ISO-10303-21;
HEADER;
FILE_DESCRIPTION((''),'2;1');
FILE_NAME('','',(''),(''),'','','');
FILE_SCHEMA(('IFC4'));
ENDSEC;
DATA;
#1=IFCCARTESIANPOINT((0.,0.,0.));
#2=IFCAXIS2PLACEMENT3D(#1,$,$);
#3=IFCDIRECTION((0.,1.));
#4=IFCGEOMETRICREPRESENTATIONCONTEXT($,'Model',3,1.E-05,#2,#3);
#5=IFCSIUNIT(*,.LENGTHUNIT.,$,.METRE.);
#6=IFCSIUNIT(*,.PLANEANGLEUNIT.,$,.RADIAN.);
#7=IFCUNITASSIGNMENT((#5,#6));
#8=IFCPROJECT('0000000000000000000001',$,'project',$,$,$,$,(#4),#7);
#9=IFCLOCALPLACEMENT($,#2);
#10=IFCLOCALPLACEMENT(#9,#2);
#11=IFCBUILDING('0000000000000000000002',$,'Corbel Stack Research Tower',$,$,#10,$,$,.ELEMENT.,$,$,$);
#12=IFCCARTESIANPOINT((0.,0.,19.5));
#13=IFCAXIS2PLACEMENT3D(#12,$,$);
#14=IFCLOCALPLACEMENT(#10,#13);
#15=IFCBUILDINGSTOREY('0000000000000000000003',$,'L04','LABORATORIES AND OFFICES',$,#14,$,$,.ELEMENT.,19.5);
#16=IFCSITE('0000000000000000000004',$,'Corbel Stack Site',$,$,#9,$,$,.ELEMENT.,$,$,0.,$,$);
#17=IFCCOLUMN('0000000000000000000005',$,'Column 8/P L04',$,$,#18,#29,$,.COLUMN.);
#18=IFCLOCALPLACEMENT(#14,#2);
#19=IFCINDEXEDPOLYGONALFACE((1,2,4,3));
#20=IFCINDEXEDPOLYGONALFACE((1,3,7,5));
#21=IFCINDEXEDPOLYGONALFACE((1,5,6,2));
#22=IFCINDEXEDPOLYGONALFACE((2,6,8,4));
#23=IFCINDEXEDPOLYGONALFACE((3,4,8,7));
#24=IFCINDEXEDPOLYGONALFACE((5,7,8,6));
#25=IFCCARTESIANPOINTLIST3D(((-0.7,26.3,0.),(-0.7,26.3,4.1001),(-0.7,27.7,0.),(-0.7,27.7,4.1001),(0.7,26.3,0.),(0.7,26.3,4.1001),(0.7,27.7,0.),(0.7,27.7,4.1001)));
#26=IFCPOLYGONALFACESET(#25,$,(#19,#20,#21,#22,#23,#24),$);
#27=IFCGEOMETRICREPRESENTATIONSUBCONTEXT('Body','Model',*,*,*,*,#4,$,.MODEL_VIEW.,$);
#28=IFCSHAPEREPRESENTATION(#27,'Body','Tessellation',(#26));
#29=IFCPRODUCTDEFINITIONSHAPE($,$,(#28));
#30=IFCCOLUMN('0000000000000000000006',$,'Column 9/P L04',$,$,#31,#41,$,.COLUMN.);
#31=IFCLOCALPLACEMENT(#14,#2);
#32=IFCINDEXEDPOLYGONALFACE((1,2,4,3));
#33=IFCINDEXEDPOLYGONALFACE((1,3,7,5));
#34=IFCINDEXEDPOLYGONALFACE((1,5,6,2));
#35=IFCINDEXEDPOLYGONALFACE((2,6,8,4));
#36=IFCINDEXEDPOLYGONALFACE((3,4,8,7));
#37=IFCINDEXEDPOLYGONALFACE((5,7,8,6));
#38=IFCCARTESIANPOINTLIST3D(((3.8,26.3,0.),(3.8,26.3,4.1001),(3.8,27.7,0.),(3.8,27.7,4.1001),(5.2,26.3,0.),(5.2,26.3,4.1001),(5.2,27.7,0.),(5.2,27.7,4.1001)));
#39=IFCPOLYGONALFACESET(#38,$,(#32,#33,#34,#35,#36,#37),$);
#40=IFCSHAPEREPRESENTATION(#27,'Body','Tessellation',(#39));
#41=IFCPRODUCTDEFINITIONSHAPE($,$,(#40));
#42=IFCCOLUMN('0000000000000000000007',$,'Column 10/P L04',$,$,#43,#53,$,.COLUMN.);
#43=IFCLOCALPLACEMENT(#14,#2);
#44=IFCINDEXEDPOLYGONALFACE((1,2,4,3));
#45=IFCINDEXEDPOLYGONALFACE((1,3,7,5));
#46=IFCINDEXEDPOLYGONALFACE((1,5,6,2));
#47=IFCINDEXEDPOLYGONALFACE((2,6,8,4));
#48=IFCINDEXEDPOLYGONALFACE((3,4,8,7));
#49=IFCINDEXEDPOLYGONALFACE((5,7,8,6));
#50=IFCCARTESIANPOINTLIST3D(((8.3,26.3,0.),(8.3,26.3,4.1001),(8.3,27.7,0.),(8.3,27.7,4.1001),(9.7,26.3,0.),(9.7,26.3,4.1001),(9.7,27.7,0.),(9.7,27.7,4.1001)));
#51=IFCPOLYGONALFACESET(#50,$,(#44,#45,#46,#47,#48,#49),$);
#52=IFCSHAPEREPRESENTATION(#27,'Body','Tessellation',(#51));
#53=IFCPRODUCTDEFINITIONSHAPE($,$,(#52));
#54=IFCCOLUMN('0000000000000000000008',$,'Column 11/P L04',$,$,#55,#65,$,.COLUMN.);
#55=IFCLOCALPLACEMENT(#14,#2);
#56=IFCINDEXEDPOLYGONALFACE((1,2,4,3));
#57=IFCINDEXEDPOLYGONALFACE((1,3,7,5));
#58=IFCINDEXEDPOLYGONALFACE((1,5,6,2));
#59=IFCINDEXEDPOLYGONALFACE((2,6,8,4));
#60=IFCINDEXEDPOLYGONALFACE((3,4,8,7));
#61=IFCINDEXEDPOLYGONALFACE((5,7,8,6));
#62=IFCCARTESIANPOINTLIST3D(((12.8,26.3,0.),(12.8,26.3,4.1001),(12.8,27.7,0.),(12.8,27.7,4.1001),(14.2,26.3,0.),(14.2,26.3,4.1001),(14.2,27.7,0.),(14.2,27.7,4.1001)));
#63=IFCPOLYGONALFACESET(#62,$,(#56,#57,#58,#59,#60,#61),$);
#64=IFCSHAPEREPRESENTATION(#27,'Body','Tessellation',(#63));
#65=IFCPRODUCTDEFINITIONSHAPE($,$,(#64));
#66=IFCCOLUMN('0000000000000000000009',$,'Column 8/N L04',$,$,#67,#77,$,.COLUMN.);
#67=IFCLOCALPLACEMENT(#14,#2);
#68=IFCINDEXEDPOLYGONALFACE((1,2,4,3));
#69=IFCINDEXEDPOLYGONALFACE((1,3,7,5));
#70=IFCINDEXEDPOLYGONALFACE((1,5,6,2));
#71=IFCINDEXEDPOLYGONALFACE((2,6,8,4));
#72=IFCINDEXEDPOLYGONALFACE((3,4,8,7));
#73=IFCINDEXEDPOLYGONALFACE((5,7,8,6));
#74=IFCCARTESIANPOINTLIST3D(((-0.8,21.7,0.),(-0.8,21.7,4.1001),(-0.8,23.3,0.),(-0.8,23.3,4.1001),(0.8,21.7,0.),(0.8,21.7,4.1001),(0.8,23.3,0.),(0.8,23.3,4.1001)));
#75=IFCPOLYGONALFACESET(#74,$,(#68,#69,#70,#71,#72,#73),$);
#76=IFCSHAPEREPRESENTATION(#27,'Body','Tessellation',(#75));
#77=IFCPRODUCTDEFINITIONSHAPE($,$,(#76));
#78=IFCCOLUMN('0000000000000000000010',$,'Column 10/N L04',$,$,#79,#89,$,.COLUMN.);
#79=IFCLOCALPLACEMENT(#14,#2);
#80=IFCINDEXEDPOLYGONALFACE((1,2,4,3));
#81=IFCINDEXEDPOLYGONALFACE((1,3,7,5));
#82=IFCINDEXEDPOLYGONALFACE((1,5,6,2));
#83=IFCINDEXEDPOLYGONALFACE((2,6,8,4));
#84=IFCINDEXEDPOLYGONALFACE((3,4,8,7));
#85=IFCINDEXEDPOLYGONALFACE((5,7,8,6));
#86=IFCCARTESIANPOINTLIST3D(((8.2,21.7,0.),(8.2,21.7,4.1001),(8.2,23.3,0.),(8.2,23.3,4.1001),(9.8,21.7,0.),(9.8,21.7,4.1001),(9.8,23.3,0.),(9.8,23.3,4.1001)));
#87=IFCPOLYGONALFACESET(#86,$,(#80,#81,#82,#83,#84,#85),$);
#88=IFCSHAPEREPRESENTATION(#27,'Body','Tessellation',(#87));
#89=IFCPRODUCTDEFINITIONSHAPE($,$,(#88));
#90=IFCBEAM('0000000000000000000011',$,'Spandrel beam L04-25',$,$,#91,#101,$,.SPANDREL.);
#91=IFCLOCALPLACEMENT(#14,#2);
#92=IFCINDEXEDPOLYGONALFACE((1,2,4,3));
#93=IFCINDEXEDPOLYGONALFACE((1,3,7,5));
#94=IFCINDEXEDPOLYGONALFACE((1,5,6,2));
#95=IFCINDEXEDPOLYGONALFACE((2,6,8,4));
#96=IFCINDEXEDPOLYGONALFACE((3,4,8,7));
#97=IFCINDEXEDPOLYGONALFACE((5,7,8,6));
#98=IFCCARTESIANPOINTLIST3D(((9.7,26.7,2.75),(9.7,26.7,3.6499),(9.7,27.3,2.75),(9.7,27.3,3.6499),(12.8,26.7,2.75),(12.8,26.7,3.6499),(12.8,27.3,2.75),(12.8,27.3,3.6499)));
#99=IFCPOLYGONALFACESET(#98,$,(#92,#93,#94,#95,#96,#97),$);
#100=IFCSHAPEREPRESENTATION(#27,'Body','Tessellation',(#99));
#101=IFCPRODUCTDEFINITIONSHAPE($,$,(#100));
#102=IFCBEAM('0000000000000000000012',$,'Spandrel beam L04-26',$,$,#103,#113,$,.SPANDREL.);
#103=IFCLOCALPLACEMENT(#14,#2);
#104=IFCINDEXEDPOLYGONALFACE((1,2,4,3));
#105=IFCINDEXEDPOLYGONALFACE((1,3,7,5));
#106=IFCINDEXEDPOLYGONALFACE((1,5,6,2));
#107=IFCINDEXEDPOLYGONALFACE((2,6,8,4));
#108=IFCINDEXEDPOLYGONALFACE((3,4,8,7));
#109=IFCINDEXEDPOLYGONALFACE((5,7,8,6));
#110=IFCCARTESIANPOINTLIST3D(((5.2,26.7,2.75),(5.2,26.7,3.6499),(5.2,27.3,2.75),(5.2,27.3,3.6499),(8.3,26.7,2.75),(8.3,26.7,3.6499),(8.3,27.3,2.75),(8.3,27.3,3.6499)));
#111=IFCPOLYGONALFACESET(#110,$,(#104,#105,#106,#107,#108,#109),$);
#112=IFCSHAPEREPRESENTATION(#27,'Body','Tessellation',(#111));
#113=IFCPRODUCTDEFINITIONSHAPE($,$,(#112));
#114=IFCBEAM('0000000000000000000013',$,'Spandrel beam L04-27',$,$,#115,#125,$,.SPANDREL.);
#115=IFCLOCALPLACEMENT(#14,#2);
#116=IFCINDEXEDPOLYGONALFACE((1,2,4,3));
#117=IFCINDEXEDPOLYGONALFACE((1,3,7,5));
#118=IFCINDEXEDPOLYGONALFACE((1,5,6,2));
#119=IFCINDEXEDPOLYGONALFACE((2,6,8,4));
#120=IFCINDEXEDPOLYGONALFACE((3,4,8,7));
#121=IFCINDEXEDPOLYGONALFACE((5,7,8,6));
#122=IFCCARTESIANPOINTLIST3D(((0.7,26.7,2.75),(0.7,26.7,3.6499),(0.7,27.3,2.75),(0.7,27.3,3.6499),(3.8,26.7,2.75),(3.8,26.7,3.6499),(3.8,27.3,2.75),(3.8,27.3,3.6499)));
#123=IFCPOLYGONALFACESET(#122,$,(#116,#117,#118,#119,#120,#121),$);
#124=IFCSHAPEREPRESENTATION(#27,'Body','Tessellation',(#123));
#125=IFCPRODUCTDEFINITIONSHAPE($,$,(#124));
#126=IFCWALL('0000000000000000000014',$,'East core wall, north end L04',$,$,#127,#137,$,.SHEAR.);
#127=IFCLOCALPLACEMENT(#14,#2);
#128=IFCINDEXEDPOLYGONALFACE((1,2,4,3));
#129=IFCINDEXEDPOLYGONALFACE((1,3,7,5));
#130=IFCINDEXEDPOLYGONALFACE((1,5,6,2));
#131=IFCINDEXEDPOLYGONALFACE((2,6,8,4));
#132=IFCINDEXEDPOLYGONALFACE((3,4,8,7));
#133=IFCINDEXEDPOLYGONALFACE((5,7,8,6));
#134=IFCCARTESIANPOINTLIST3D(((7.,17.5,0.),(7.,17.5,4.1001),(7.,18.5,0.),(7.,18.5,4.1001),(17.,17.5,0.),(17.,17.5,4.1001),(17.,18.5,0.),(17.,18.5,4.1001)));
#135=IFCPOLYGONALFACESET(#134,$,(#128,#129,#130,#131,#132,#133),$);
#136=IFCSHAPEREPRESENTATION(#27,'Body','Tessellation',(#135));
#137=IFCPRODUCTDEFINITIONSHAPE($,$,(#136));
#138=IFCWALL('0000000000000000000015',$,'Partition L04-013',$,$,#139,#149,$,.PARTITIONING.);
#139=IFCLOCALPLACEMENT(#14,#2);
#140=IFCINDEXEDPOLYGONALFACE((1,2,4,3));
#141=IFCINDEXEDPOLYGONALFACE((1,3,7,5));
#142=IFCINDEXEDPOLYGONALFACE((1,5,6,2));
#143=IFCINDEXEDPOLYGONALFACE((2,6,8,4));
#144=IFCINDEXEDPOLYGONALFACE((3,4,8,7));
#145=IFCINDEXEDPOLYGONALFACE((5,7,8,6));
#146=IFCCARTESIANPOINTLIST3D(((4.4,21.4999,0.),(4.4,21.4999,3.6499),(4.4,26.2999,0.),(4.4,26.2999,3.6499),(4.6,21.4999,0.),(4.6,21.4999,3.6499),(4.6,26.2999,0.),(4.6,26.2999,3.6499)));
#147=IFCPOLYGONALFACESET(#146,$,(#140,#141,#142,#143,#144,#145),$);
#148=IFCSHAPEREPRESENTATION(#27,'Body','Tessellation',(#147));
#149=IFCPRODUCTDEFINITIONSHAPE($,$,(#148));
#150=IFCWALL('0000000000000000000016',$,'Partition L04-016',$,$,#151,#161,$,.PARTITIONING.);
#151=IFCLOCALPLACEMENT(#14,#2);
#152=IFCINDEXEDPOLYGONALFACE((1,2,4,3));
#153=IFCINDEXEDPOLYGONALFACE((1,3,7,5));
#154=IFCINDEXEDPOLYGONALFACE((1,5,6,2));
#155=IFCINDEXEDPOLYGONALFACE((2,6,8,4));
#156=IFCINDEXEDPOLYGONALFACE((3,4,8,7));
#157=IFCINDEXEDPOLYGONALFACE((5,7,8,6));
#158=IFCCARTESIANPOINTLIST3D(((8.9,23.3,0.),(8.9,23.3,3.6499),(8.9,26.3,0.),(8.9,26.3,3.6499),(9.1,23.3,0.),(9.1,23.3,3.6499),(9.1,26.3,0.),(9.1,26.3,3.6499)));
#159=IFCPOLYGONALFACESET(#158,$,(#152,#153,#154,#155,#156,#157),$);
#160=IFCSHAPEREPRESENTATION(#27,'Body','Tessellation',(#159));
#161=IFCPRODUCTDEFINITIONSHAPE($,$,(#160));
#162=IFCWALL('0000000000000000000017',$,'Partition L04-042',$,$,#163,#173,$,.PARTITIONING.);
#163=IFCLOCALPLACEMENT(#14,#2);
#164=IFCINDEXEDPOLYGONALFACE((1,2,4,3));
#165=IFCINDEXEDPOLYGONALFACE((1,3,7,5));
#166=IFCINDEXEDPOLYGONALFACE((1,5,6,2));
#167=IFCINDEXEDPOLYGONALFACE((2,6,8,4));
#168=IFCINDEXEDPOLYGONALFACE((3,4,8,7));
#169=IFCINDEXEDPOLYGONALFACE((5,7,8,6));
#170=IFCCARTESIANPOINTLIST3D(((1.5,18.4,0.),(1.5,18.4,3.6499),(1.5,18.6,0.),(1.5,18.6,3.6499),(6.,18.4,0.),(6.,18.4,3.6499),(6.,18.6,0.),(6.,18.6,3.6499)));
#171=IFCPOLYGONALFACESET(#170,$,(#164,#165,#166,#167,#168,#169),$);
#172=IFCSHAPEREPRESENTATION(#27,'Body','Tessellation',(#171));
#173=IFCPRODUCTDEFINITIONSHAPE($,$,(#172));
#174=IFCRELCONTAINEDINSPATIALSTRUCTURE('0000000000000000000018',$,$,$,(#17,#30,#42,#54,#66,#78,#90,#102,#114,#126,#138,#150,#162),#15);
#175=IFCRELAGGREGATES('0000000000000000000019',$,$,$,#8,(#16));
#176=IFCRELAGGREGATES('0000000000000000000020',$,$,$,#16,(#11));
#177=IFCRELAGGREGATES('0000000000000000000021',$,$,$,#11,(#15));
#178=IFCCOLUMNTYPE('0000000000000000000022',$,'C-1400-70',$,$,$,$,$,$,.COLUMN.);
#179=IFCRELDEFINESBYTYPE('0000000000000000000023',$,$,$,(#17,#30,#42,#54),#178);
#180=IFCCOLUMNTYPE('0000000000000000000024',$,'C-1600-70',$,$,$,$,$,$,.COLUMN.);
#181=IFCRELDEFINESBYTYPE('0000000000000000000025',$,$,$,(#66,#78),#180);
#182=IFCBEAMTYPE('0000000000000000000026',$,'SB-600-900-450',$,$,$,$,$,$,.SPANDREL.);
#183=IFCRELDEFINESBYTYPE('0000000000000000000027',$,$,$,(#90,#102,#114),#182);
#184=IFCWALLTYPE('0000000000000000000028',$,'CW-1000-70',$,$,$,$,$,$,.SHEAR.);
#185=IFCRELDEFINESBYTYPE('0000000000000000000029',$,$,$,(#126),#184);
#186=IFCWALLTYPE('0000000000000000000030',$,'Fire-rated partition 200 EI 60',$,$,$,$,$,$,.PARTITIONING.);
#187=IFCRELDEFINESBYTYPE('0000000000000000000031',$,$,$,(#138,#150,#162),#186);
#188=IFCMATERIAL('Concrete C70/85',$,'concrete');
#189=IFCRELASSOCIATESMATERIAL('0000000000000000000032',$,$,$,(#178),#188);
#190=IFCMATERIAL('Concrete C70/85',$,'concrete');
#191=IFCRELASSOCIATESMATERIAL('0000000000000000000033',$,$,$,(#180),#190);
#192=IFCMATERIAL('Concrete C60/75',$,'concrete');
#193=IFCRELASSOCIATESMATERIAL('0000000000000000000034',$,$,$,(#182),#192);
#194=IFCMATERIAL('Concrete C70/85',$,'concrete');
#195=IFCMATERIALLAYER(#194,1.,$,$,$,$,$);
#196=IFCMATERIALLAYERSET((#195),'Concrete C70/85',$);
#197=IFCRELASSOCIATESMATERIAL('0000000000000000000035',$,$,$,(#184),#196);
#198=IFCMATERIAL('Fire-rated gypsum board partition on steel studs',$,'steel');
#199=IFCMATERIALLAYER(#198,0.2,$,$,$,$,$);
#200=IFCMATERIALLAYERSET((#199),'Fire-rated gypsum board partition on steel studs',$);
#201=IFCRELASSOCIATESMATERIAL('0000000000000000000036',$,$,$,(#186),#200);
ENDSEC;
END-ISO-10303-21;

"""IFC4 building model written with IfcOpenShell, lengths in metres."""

from ifc_helpers import new_model, si_unit, direction, frame, frame_2d, origin, origin_2d, place, context, subcontext, project, spatial, rectangle, extrude, material, layer, layer_set, material_profile, profile_set, type_object, element, save


model = new_model("IFC4")

# Units and contexts
model_context = context("Model", 3, precision=1e-05, world=origin(), true_north=direction((0.0, 1.0)))
body_context = subcontext(model_context, "Body", "Model", "MODEL_VIEW")
ifc_project = project(units=[si_unit("LENGTHUNIT", "METRE"), si_unit("PLANEANGLEUNIT", "RADIAN")], contexts=[model_context])

# Site, building, storey
site_placement = place(None, origin())
site = spatial("IfcSite", under=ifc_project, at=site_placement, Name="Corbel Stack Site", CompositionType="ELEMENT", RefElevation=0.0)
building_placement = place(site_placement, origin())
building = spatial("IfcBuilding", under=site, at=building_placement, Name="Corbel Stack Research Tower", CompositionType="ELEMENT")
storey_placement = place(building_placement, frame((0.0, 0.0, 19.5)))
storey = spatial("IfcBuildingStorey", under=building, at=storey_placement, Name="L04", Description="LABORATORIES AND OFFICES", CompositionType="ELEMENT", Elevation=19.5)

# Columns
ifc_material_1 = material(Name="Concrete C70/85", Category="concrete")
ifc_material_profile_1 = material_profile(ifc_material_1, rectangle(XDim=1.3999, YDim=1.3999, at=origin_2d()), Name="RC 1400 x 1400")
ifc_profile_set_1 = profile_set([ifc_material_profile_1], Name="Concrete C70/85")
column_type_1 = type_object("IfcColumnType", Name="C-1400-70", PredefinedType="COLUMN", material=ifc_profile_set_1)
for number, where, z_axis, x_axis, name in (
    (1, (0.0, 27.0, 0.0), (0.0, 0.0, 1.0), (1.0, 0.0, 0.0), "Column 8/P L04"),
    (2, (4.5, 27.0, 0.0), (0.0, 0.0, 1.0), (1.0, 0.0, 0.0), "Column 9/P L04"),
    (3, (9.0, 27.0, 0.0), (0.0, 0.0, 1.0), (1.0, 0.0, 0.0), "Column 10/P L04"),
    (4, (13.5, 27.0, 0.0), (0.0, 0.0, 1.0), (1.0, 0.0, 0.0), "Column 11/P L04"),
):
    element("IfcColumn", number, at=place(storey_placement, frame(where, z_axis=z_axis, x_axis=x_axis)), inside=storey, type_object=column_type_1, Name=name, PredefinedType="COLUMN", context=body_context, shape_type="SweptSolid", body=[
        extrude(rectangle(XDim=1.3999, YDim=1.3999, at=origin_2d()), origin(), (0.0, 0.0, 1.0), 4.1001),
    ])
ifc_material_2 = material(Name="Concrete C70/85", Category="concrete")
ifc_material_profile_2 = material_profile(ifc_material_2, rectangle(XDim=1.6001, YDim=1.6001, at=origin_2d()), Name="RC 1600 x 1600")
ifc_profile_set_2 = profile_set([ifc_material_profile_2], Name="Concrete C70/85")
column_type_2 = type_object("IfcColumnType", Name="C-1600-70", PredefinedType="COLUMN", material=ifc_profile_set_2)
for number, where, z_axis, x_axis, name in (
    (5, (0.0, 22.5, 0.0), (0.0, 0.0, 1.0), (1.0, 0.0, 0.0), "Column 8/N L04"),
    (6, (9.0, 22.5, 0.0), (0.0, 0.0, 1.0), (1.0, 0.0, 0.0), "Column 10/N L04"),
):
    element("IfcColumn", number, at=place(storey_placement, frame(where, z_axis=z_axis, x_axis=x_axis)), inside=storey, type_object=column_type_2, Name=name, PredefinedType="COLUMN", context=body_context, shape_type="SweptSolid", body=[
        extrude(rectangle(XDim=1.6001, YDim=1.6001, at=origin_2d()), origin(), (0.0, 0.0, 1.0), 4.1001),
    ])

# Beams
ifc_material_3 = material(Name="Concrete C60/75", Category="concrete")
ifc_material_profile_3 = material_profile(ifc_material_3, rectangle(XDim=0.6001, YDim=0.8999, at=origin_2d()), Name="RC 600 x 900")
ifc_profile_set_3 = profile_set([ifc_material_profile_3], Name="Concrete C60/75")
beam_type = type_object("IfcBeamType", Name="SB-600-900-450", PredefinedType="SPANDREL", material=ifc_profile_set_3)
for number, where, z_axis, x_axis, name in (
    (7, (12.8, 27.0, 3.2), (-1.0, 0.0, 0.0), (0.0, -1.0, 0.0), "Spandrel beam L04-25"),
    (8, (8.3, 27.0, 3.2), (-1.0, 0.0, 0.0), (0.0, -1.0, 0.0), "Spandrel beam L04-26"),
    (9, (3.8, 27.0, 3.2), (-1.0, 0.0, 0.0), (0.0, -1.0, 0.0), "Spandrel beam L04-27"),
):
    element("IfcBeam", number, at=place(storey_placement, frame(where, z_axis=z_axis, x_axis=x_axis)), inside=storey, type_object=beam_type, Name=name, PredefinedType="SPANDREL", context=body_context, shape_type="SweptSolid", body=[
        extrude(rectangle(XDim=0.6001, YDim=0.8999, at=origin_2d()), origin(), (0.0, 0.0, 1.0), 3.1001),
    ])

# Walls
ifc_material_4 = material(Name="Concrete C70/85", Category="concrete")
ifc_layer_1 = layer(ifc_material_4, 1.0)
ifc_layer_set_1 = layer_set([ifc_layer_1], Name="Concrete C70/85")
wall_type_1 = type_object("IfcWallType", Name="CW-1000-70", PredefinedType="SHEAR", material=ifc_layer_set_1)
wall_1_placement = place(storey_placement, frame((7.0, 18.0, 0.0), z_axis=(0.0, 0.0, 1.0), x_axis=(1.0, 0.0, 0.0)))
element("IfcWall", 10, at=wall_1_placement, inside=storey, type_object=wall_type_1, Name="East core wall, north end L04", PredefinedType="SHEAR", context=body_context, shape_type="SweptSolid", body=[
    extrude(rectangle(XDim=10.0, YDim=1.0, at=frame_2d((5.0, 0.0))), origin(), (0.0, 0.0, 1.0), 4.1001),
])
ifc_material_5 = material(Name="Fire-rated gypsum board partition on steel studs", Category="steel")
ifc_layer_2 = layer(ifc_material_5, 0.2)
ifc_layer_set_2 = layer_set([ifc_layer_2], Name="Fire-rated gypsum board partition on steel studs")
wall_type_2 = type_object("IfcWallType", Name="Fire-rated partition 200 EI 60", PredefinedType="PARTITIONING", material=ifc_layer_set_2)
wall_2_placement = place(storey_placement, frame((4.5, 21.5, 0.0), z_axis=(0.0, 0.0, 1.0), x_axis=(0.0, 1.0, 0.0)))
element("IfcWall", 11, at=wall_2_placement, inside=storey, type_object=wall_type_2, Name="Partition L04-013", PredefinedType="PARTITIONING", context=body_context, shape_type="SweptSolid", body=[
    extrude(rectangle(XDim=4.8, YDim=0.2, at=frame_2d((2.3999, 0.0))), origin(), (0.0, 0.0, 1.0), 3.6499),
])
wall_3_placement = place(storey_placement, frame((9.0, 23.3, 0.0), z_axis=(0.0, 0.0, 1.0), x_axis=(0.0, 1.0, 0.0)))
element("IfcWall", 12, at=wall_3_placement, inside=storey, type_object=wall_type_2, Name="Partition L04-016", PredefinedType="PARTITIONING", context=body_context, shape_type="SweptSolid", body=[
    extrude(rectangle(XDim=3.0, YDim=0.2, at=frame_2d((1.5, 0.0))), origin(), (0.0, 0.0, 1.0), 3.6499),
])
wall_4_placement = place(storey_placement, frame((1.5, 18.5, 0.0), z_axis=(0.0, 0.0, 1.0), x_axis=(1.0, 0.0, 0.0)))
element("IfcWall", 13, at=wall_4_placement, inside=storey, type_object=wall_type_2, Name="Partition L04-042", PredefinedType="PARTITIONING", context=body_context, shape_type="SweptSolid", body=[
    extrude(rectangle(XDim=4.5, YDim=0.2, at=frame_2d((2.25, 0.0))), origin(), (0.0, 0.0, 1.0), 3.6499),
])

save(model, "model.ifc")
